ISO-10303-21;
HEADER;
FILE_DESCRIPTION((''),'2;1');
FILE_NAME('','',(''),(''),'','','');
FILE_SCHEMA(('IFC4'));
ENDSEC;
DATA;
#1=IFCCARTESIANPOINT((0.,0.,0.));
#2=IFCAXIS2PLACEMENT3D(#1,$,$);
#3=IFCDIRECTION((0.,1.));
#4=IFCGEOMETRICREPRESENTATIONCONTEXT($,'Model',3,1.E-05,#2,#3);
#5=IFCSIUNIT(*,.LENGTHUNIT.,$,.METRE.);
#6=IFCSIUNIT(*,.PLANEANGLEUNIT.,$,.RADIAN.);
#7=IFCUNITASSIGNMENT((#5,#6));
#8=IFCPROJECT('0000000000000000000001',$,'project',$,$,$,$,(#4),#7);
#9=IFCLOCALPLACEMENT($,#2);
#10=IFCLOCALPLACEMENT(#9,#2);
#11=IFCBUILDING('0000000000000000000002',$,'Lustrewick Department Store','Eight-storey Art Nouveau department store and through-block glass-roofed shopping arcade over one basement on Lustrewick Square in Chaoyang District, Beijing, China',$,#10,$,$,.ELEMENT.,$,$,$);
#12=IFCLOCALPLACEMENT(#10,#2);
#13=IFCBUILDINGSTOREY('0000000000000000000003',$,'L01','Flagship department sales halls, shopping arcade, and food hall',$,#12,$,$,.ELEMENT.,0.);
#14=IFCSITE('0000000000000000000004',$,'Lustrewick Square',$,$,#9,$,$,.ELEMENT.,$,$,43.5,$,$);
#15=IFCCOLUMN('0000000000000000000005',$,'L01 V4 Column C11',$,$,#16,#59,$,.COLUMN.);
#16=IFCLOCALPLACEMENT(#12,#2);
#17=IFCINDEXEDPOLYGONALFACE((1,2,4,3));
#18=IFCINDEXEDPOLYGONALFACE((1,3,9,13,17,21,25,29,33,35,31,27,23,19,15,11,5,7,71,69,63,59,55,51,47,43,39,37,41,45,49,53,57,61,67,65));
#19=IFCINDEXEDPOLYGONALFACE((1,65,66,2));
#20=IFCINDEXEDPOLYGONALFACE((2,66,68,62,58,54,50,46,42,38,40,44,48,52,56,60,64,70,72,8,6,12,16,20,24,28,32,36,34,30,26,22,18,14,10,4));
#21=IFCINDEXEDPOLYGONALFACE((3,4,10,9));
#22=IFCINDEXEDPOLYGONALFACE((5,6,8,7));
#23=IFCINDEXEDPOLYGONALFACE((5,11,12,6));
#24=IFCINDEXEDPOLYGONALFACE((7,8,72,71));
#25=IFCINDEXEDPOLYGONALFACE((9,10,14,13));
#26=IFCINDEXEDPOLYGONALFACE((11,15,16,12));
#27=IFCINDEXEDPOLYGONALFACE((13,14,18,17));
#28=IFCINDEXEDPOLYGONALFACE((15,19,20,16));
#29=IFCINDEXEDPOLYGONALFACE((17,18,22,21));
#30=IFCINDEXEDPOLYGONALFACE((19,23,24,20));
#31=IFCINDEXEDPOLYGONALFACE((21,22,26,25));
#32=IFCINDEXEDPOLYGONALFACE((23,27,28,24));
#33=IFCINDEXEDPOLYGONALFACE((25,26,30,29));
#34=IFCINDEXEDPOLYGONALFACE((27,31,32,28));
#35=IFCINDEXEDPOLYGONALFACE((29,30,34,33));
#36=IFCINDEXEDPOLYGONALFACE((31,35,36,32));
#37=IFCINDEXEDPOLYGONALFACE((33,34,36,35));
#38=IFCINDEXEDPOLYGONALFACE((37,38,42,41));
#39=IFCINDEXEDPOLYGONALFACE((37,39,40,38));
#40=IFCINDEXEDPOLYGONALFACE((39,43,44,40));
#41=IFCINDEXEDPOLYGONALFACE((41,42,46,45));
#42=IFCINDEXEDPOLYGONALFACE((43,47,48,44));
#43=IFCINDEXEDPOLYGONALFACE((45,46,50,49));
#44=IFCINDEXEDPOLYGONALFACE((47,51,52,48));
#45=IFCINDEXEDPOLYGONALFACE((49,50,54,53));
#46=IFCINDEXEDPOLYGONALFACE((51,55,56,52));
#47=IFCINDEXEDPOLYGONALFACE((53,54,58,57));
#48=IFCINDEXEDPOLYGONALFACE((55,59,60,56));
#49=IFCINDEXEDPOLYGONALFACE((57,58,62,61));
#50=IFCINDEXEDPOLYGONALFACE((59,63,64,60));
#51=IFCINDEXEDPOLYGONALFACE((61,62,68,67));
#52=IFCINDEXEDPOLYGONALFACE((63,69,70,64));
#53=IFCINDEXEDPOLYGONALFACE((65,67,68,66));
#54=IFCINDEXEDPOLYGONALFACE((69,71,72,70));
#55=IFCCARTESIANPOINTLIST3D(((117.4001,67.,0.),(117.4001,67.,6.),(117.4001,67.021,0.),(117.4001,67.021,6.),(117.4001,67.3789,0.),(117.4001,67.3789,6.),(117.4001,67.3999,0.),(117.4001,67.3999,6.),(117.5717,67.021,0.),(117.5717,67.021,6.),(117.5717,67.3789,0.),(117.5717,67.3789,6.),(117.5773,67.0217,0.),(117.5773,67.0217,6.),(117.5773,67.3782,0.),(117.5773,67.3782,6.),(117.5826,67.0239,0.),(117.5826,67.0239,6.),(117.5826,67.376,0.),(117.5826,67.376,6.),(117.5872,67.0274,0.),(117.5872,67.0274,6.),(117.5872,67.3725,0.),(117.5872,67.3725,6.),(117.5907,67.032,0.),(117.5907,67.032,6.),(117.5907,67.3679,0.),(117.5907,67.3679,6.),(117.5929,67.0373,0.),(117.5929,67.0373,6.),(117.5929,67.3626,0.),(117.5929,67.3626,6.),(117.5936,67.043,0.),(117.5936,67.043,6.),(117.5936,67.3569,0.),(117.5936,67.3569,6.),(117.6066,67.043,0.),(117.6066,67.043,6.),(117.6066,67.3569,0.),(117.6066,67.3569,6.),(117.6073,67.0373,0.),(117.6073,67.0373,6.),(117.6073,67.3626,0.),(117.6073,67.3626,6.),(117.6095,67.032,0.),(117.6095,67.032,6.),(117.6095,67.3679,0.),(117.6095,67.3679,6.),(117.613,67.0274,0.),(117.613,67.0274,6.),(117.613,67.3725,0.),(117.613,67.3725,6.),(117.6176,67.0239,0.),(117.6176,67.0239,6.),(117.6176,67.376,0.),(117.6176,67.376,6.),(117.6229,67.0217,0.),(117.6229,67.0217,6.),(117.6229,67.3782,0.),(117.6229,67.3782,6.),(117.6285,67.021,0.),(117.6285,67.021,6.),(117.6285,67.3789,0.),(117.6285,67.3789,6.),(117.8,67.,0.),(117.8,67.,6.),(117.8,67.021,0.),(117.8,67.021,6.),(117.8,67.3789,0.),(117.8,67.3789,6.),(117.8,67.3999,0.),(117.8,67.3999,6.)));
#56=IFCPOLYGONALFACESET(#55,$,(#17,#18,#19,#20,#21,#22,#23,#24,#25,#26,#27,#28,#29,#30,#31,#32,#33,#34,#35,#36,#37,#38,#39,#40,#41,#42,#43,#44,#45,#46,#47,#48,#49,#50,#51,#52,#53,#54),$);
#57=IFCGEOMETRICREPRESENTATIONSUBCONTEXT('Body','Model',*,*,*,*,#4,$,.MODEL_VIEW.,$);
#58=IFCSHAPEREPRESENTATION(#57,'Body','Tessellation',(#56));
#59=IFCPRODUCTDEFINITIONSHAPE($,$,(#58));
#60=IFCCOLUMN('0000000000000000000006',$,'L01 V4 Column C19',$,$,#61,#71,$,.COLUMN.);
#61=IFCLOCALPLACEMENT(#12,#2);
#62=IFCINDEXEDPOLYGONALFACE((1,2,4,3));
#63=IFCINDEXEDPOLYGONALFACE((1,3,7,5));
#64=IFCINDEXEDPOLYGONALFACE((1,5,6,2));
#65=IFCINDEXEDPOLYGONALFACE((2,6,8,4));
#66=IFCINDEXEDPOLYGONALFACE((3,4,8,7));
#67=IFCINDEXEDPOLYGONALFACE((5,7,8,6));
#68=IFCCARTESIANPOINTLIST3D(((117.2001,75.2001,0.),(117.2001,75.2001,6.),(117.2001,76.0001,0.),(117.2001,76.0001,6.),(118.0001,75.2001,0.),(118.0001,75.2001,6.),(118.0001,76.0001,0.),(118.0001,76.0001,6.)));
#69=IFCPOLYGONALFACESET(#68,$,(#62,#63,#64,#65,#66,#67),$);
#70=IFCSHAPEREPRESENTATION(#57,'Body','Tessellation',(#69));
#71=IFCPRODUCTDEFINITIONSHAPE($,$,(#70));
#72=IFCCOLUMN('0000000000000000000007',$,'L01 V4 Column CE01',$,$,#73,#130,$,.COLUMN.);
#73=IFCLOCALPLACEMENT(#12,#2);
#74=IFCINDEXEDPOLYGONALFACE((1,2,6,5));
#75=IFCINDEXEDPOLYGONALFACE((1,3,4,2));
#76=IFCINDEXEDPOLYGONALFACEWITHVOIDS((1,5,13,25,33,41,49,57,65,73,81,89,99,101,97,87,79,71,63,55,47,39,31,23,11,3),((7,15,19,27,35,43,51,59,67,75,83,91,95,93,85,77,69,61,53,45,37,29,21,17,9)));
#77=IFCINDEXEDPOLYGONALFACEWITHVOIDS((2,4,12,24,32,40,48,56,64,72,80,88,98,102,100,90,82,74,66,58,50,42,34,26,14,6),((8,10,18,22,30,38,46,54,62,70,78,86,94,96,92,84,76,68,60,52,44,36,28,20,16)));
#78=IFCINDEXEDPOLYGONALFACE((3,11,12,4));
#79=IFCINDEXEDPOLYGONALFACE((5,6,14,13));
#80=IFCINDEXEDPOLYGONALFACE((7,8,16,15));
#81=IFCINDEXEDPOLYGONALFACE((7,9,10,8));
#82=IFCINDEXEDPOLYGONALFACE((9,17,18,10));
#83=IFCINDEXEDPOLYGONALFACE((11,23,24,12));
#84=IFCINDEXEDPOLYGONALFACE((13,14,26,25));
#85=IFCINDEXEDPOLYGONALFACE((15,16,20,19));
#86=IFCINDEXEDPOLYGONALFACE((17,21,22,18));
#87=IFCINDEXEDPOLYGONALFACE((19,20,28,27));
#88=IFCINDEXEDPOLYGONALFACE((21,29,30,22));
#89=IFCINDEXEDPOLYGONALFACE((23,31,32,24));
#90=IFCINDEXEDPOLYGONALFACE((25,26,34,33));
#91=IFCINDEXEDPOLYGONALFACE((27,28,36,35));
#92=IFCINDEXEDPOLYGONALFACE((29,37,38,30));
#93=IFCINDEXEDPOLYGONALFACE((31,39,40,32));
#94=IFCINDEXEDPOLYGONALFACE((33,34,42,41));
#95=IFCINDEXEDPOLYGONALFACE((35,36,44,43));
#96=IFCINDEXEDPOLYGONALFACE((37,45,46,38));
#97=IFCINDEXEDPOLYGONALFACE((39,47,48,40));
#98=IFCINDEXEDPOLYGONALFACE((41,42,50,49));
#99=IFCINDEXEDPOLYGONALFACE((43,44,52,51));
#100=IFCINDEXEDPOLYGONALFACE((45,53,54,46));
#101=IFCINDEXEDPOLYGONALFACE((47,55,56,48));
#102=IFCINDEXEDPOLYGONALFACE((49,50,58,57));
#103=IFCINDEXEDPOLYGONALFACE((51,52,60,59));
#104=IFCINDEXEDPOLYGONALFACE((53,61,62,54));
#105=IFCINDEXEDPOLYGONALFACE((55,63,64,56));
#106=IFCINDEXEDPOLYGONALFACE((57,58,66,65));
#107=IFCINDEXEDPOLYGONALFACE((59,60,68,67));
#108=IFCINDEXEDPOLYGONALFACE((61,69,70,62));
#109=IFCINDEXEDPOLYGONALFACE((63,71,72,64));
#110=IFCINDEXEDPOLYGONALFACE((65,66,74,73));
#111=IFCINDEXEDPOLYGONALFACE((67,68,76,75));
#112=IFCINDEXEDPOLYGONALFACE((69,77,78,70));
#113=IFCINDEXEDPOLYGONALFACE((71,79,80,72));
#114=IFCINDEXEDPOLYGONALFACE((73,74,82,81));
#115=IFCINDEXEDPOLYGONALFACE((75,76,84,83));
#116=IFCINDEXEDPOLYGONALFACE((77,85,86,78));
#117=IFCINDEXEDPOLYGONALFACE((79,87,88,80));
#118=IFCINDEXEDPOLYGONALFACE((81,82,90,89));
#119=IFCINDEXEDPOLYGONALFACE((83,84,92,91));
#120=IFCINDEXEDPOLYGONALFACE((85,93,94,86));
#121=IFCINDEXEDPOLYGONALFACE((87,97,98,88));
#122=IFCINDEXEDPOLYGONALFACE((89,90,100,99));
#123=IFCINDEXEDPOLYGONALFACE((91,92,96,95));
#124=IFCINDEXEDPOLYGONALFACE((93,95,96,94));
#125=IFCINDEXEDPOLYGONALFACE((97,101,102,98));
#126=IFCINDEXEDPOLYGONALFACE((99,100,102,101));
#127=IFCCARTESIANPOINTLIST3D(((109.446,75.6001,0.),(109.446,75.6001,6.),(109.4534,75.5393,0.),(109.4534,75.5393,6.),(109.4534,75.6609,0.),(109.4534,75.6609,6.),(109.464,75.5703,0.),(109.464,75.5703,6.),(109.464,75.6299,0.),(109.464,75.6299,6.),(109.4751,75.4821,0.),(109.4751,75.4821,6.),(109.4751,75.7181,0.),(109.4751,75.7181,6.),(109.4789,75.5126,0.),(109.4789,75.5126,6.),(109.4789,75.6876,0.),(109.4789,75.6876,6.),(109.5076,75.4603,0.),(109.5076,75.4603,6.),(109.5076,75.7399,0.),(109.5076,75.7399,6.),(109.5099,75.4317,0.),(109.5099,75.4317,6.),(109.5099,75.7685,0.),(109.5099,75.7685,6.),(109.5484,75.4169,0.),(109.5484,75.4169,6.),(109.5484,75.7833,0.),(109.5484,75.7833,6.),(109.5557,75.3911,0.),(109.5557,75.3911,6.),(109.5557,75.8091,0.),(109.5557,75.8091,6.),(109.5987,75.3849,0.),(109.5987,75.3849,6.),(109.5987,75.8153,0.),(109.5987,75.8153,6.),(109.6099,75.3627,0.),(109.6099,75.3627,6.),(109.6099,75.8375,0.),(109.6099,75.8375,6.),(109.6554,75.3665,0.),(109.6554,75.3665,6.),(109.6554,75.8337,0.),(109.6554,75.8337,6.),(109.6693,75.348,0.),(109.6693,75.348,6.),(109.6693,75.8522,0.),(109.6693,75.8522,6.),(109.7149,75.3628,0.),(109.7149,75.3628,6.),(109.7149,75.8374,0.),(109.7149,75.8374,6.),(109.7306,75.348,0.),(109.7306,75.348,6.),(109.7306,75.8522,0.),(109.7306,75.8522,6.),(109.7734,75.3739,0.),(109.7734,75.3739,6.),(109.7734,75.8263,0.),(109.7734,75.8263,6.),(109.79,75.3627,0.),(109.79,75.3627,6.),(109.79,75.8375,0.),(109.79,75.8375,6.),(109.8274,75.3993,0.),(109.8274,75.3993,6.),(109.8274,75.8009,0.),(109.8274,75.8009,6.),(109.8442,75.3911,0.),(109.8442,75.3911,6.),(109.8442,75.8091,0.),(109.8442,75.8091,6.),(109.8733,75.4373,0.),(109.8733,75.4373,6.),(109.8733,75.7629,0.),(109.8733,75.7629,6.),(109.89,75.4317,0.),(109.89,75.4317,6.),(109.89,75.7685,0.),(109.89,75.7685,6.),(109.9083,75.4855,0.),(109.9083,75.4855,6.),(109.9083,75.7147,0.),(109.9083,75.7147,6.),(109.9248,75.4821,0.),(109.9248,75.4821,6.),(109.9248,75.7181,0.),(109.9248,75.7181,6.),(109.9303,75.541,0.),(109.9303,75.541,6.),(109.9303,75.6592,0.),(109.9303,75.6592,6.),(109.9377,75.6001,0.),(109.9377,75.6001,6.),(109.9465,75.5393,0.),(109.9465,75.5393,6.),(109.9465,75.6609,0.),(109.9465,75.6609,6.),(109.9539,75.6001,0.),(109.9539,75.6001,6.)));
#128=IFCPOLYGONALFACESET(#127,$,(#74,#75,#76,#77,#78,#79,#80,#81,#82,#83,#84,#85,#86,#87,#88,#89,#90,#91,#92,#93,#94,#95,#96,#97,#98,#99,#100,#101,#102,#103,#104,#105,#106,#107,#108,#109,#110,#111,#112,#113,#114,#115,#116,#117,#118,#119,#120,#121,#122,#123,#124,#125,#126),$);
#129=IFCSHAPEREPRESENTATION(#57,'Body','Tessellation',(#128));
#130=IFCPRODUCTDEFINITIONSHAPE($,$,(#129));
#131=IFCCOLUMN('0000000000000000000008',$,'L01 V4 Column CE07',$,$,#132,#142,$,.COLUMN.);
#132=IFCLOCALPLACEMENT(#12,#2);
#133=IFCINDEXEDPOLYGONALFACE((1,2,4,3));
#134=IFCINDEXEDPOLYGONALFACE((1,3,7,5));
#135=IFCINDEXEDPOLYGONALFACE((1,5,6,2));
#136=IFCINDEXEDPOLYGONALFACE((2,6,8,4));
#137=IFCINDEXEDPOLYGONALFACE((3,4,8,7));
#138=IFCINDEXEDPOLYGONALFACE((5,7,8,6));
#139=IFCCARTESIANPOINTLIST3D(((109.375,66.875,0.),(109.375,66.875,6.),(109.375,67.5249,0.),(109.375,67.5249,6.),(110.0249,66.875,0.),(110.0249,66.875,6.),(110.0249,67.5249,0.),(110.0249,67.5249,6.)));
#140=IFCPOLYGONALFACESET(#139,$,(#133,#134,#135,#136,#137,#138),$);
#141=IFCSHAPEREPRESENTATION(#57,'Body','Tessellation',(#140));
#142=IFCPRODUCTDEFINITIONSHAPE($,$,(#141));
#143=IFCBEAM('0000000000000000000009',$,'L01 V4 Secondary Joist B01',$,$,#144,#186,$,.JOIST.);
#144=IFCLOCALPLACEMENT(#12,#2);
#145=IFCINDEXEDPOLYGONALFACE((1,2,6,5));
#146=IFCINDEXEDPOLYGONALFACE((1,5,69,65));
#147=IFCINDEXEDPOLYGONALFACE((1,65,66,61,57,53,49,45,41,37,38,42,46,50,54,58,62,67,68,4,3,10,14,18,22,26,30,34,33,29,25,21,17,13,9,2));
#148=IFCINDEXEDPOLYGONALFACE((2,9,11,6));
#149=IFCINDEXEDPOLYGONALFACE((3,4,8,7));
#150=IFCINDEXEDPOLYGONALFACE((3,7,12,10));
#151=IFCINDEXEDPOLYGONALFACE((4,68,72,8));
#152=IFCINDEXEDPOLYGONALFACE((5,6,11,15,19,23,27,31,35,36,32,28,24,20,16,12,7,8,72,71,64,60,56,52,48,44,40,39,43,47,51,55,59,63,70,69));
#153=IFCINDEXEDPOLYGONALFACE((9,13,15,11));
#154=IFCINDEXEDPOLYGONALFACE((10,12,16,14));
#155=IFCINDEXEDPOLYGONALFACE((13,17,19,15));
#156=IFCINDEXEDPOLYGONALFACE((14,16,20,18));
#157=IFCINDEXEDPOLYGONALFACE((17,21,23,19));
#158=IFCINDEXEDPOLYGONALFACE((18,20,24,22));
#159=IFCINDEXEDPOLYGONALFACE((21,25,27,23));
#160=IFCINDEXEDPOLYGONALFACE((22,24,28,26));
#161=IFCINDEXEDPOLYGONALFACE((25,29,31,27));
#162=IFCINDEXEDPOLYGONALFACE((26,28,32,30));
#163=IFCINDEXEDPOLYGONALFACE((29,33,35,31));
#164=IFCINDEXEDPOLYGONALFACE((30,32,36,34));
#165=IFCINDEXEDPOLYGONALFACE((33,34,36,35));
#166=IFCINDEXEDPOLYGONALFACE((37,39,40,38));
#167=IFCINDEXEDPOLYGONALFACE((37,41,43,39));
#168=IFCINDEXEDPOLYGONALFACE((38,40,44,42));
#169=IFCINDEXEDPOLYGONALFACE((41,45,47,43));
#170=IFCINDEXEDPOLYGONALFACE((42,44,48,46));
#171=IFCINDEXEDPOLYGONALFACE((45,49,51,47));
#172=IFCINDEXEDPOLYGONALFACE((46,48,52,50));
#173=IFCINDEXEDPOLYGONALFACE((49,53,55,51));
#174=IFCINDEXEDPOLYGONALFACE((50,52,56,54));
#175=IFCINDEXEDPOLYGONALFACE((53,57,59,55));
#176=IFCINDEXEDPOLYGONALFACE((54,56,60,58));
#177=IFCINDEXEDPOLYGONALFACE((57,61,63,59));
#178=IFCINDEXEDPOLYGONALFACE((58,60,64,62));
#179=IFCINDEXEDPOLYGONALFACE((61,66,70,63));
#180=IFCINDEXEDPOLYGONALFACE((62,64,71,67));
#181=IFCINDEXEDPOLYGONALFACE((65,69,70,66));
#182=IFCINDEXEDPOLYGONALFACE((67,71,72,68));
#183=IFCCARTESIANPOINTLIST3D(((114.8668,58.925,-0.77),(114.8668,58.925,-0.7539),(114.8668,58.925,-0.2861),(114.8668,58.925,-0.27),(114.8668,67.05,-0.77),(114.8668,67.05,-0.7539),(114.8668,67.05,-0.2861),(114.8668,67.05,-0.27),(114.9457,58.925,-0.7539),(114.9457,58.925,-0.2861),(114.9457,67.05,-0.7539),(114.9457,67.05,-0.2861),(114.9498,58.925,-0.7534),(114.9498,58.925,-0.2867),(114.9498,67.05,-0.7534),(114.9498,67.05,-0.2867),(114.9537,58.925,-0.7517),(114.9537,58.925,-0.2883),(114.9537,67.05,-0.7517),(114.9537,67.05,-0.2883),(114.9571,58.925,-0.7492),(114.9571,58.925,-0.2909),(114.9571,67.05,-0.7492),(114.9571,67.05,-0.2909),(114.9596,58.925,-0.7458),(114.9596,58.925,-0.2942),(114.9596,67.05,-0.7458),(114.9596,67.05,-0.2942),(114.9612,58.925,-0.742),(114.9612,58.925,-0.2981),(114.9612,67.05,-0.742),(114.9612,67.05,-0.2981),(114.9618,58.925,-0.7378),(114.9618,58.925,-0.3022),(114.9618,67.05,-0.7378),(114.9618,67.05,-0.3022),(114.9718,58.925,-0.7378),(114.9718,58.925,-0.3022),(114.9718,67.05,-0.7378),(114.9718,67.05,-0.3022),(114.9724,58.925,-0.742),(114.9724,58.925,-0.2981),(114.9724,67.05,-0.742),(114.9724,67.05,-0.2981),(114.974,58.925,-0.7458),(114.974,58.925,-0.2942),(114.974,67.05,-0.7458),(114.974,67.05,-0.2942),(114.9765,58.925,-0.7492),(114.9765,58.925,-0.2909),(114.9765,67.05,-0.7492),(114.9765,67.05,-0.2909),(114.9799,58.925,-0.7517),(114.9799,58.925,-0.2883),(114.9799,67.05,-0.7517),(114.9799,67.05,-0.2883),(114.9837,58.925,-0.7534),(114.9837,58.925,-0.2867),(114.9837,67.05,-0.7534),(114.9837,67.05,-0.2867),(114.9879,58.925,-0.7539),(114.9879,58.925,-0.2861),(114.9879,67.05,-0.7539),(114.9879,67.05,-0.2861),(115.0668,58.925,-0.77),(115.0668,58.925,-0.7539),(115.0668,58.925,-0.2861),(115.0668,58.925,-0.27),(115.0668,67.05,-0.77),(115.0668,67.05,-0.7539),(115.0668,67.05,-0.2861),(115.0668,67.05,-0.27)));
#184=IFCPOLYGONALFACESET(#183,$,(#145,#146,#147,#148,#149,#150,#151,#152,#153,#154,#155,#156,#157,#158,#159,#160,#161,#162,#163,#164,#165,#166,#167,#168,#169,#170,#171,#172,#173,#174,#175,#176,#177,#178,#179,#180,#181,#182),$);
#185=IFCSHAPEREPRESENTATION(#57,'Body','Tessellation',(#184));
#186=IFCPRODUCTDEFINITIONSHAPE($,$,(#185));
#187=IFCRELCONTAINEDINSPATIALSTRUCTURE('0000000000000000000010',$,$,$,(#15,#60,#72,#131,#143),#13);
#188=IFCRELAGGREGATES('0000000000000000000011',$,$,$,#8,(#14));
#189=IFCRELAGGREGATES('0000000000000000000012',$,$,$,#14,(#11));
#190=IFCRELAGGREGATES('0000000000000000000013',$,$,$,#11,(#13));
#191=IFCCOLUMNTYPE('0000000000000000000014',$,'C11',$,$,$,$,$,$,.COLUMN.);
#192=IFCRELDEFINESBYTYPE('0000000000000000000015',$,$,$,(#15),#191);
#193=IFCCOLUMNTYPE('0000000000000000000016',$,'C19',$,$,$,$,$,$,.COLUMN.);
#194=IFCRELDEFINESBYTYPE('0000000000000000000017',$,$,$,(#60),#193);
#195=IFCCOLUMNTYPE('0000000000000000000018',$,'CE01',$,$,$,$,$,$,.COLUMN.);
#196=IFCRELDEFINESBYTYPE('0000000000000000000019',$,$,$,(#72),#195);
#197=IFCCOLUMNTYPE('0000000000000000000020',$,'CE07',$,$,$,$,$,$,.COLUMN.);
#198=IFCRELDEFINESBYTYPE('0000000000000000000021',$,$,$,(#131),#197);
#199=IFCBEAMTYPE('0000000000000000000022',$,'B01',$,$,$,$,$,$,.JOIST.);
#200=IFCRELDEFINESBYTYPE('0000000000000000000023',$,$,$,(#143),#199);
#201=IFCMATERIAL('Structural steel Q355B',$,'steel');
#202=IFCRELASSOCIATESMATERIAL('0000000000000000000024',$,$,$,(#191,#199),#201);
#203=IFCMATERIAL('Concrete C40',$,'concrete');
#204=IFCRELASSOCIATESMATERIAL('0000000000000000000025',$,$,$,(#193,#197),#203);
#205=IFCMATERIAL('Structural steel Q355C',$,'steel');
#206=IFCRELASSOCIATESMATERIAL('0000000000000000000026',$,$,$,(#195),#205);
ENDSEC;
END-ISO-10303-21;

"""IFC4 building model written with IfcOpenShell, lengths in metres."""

from ifc_helpers import new_model, si_unit, direction, frame, origin, origin_2d, place, context, subcontext, project, spatial, rectangle, hollow_circle, i_section, extrude, material, material_profile, profile_set, type_object, element, save


model = new_model("IFC4")

# Units and contexts
model_context = context("Model", 3, precision=1e-05, world=origin(), true_north=direction((0.0, 1.0)))
body_context = subcontext(model_context, "Body", "Model", "MODEL_VIEW")
ifc_project = project(units=[si_unit("LENGTHUNIT", "METRE"), si_unit("PLANEANGLEUNIT", "RADIAN")], contexts=[model_context])

# Site, building, storey
site_placement = place(None, origin())
site = spatial("IfcSite", under=ifc_project, at=site_placement, Name="Lustrewick Square", CompositionType="ELEMENT", RefElevation=43.5)
building_placement = place(site_placement, origin())
building = spatial("IfcBuilding", under=site, at=building_placement, Name="Lustrewick Department Store", Description="Eight-storey Art Nouveau department store and through-block glass-roofed shopping arcade over one basement on Lustrewick Square in Chaoyang District, Beijing, China", CompositionType="ELEMENT")
storey_placement = place(building_placement, origin())
storey = spatial("IfcBuildingStorey", under=building, at=storey_placement, Name="L01", Description="Flagship department sales halls, shopping arcade, and food hall", CompositionType="ELEMENT", Elevation=0.0)

# Columns
ifc_material_1 = material(Name="Structural steel Q355B", Category="steel")
ifc_material_profile_1 = material_profile(ifc_material_1, i_section(OverallWidth=0.3999, OverallDepth=0.3999, WebThickness=0.0129, FlangeThickness=0.021, FilletRadius=0.022, at=origin_2d()), Name="HW 400x400x13x21")
ifc_profile_set_1 = profile_set([ifc_material_profile_1], Name="Structural steel Q355B")
column_type_1 = type_object("IfcColumnType", Name="C11", PredefinedType="COLUMN", material=ifc_profile_set_1)
column_1_placement = place(storey_placement, frame((117.6001, 67.2, 0.0), z_axis=(0.0, 0.0, 1.0), x_axis=(1.0, 0.0, 0.0)))
element("IfcColumn", 1, at=column_1_placement, inside=storey, type_object=column_type_1, Name="L01 V4 Column C11", PredefinedType="COLUMN", context=body_context, shape_type="SweptSolid", body=[
    extrude(i_section(OverallWidth=0.3999, OverallDepth=0.3999, WebThickness=0.0129, FlangeThickness=0.021, FilletRadius=0.022, at=origin_2d()), origin(), (0.0, 0.0, 1.0), 6.0),
])
ifc_material_2 = material(Name="Concrete C40", Category="concrete")
ifc_material_profile_2 = material_profile(ifc_material_2, rectangle(XDim=0.8, YDim=0.8, at=origin_2d()), Name="RC 800x800")
ifc_profile_set_2 = profile_set([ifc_material_profile_2], Name="Concrete C40")
column_type_2 = type_object("IfcColumnType", Name="C19", PredefinedType="COLUMN", material=ifc_profile_set_2)
column_2_placement = place(storey_placement, frame((117.6001, 75.6001, 0.0), z_axis=(0.0, 0.0, 1.0), x_axis=(1.0, 0.0, 0.0)))
element("IfcColumn", 2, at=column_2_placement, inside=storey, type_object=column_type_2, Name="L01 V4 Column C19", PredefinedType="COLUMN", context=body_context, shape_type="SweptSolid", body=[
    extrude(rectangle(XDim=0.8, YDim=0.8, at=origin_2d()), origin(), (0.0, 0.0, 1.0), 6.0),
])
ifc_material_3 = material(Name="Structural steel Q355C", Category="steel")
ifc_material_profile_3 = material_profile(ifc_material_3, hollow_circle(Radius=0.2539, WallThickness=0.0161, at=origin_2d()), Name="CHS 508x16")
ifc_profile_set_3 = profile_set([ifc_material_profile_3], Name="Structural steel Q355C")
column_type_3 = type_object("IfcColumnType", Name="CE01", PredefinedType="COLUMN", material=ifc_profile_set_3)
column_3_placement = place(storey_placement, frame((109.7, 75.6001, 0.0), z_axis=(0.0, 0.0, 1.0), x_axis=(1.0, 0.0, 0.0)))
element("IfcColumn", 3, at=column_3_placement, inside=storey, type_object=column_type_3, Name="L01 V4 Column CE01", PredefinedType="COLUMN", context=body_context, shape_type="SweptSolid", body=[
    extrude(hollow_circle(Radius=0.2539, WallThickness=0.0161, at=origin_2d()), origin(), (0.0, 0.0, 1.0), 6.0),
])
ifc_material_profile_4 = material_profile(ifc_material_2, rectangle(XDim=0.6499, YDim=0.6499, at=origin_2d()), Name="RC 650x650")
ifc_profile_set_4 = profile_set([ifc_material_profile_4], Name="Concrete C40")
column_type_4 = type_object("IfcColumnType", Name="CE07", PredefinedType="COLUMN", material=ifc_profile_set_4)
column_4_placement = place(storey_placement, frame((109.7, 67.2, 0.0), z_axis=(0.0, 0.0, 1.0), x_axis=(1.0, 0.0, 0.0)))
element("IfcColumn", 4, at=column_4_placement, inside=storey, type_object=column_type_4, Name="L01 V4 Column CE07", PredefinedType="COLUMN", context=body_context, shape_type="SweptSolid", body=[
    extrude(rectangle(XDim=0.6499, YDim=0.6499, at=origin_2d()), origin(), (0.0, 0.0, 1.0), 6.0),
])

# Beam
ifc_material_profile_5 = material_profile(ifc_material_1, i_section(OverallWidth=0.2, OverallDepth=0.5, WebThickness=0.01, FlangeThickness=0.0161, FilletRadius=0.0161, at=origin_2d()), Name="HN 500x200x10x16")
ifc_profile_set_5 = profile_set([ifc_material_profile_5], Name="Structural steel Q355B")
beam_type_1 = type_object("IfcBeamType", Name="B01", PredefinedType="JOIST", material=ifc_profile_set_5)
for number, where, z_axis, x_axis, name in (
    (5, (114.9668, 58.925, -0.52), (0.0, 1.0, 0.0), (-1.0, 0.0, 0.0), "L01 V4 Secondary Joist B01"),
):
    element("IfcBeam", number, at=place(storey_placement, frame(where, z_axis=z_axis, x_axis=x_axis)), inside=storey, type_object=beam_type_1, Name=name, PredefinedType="JOIST", context=body_context, shape_type="SweptSolid", body=[
        extrude(i_section(OverallWidth=0.2, OverallDepth=0.5, WebThickness=0.01, FlangeThickness=0.0161, FilletRadius=0.0161, at=origin_2d()), origin(), (0.0, 0.0, 1.0), 8.125),
    ])

save(model, "model.ifc")
